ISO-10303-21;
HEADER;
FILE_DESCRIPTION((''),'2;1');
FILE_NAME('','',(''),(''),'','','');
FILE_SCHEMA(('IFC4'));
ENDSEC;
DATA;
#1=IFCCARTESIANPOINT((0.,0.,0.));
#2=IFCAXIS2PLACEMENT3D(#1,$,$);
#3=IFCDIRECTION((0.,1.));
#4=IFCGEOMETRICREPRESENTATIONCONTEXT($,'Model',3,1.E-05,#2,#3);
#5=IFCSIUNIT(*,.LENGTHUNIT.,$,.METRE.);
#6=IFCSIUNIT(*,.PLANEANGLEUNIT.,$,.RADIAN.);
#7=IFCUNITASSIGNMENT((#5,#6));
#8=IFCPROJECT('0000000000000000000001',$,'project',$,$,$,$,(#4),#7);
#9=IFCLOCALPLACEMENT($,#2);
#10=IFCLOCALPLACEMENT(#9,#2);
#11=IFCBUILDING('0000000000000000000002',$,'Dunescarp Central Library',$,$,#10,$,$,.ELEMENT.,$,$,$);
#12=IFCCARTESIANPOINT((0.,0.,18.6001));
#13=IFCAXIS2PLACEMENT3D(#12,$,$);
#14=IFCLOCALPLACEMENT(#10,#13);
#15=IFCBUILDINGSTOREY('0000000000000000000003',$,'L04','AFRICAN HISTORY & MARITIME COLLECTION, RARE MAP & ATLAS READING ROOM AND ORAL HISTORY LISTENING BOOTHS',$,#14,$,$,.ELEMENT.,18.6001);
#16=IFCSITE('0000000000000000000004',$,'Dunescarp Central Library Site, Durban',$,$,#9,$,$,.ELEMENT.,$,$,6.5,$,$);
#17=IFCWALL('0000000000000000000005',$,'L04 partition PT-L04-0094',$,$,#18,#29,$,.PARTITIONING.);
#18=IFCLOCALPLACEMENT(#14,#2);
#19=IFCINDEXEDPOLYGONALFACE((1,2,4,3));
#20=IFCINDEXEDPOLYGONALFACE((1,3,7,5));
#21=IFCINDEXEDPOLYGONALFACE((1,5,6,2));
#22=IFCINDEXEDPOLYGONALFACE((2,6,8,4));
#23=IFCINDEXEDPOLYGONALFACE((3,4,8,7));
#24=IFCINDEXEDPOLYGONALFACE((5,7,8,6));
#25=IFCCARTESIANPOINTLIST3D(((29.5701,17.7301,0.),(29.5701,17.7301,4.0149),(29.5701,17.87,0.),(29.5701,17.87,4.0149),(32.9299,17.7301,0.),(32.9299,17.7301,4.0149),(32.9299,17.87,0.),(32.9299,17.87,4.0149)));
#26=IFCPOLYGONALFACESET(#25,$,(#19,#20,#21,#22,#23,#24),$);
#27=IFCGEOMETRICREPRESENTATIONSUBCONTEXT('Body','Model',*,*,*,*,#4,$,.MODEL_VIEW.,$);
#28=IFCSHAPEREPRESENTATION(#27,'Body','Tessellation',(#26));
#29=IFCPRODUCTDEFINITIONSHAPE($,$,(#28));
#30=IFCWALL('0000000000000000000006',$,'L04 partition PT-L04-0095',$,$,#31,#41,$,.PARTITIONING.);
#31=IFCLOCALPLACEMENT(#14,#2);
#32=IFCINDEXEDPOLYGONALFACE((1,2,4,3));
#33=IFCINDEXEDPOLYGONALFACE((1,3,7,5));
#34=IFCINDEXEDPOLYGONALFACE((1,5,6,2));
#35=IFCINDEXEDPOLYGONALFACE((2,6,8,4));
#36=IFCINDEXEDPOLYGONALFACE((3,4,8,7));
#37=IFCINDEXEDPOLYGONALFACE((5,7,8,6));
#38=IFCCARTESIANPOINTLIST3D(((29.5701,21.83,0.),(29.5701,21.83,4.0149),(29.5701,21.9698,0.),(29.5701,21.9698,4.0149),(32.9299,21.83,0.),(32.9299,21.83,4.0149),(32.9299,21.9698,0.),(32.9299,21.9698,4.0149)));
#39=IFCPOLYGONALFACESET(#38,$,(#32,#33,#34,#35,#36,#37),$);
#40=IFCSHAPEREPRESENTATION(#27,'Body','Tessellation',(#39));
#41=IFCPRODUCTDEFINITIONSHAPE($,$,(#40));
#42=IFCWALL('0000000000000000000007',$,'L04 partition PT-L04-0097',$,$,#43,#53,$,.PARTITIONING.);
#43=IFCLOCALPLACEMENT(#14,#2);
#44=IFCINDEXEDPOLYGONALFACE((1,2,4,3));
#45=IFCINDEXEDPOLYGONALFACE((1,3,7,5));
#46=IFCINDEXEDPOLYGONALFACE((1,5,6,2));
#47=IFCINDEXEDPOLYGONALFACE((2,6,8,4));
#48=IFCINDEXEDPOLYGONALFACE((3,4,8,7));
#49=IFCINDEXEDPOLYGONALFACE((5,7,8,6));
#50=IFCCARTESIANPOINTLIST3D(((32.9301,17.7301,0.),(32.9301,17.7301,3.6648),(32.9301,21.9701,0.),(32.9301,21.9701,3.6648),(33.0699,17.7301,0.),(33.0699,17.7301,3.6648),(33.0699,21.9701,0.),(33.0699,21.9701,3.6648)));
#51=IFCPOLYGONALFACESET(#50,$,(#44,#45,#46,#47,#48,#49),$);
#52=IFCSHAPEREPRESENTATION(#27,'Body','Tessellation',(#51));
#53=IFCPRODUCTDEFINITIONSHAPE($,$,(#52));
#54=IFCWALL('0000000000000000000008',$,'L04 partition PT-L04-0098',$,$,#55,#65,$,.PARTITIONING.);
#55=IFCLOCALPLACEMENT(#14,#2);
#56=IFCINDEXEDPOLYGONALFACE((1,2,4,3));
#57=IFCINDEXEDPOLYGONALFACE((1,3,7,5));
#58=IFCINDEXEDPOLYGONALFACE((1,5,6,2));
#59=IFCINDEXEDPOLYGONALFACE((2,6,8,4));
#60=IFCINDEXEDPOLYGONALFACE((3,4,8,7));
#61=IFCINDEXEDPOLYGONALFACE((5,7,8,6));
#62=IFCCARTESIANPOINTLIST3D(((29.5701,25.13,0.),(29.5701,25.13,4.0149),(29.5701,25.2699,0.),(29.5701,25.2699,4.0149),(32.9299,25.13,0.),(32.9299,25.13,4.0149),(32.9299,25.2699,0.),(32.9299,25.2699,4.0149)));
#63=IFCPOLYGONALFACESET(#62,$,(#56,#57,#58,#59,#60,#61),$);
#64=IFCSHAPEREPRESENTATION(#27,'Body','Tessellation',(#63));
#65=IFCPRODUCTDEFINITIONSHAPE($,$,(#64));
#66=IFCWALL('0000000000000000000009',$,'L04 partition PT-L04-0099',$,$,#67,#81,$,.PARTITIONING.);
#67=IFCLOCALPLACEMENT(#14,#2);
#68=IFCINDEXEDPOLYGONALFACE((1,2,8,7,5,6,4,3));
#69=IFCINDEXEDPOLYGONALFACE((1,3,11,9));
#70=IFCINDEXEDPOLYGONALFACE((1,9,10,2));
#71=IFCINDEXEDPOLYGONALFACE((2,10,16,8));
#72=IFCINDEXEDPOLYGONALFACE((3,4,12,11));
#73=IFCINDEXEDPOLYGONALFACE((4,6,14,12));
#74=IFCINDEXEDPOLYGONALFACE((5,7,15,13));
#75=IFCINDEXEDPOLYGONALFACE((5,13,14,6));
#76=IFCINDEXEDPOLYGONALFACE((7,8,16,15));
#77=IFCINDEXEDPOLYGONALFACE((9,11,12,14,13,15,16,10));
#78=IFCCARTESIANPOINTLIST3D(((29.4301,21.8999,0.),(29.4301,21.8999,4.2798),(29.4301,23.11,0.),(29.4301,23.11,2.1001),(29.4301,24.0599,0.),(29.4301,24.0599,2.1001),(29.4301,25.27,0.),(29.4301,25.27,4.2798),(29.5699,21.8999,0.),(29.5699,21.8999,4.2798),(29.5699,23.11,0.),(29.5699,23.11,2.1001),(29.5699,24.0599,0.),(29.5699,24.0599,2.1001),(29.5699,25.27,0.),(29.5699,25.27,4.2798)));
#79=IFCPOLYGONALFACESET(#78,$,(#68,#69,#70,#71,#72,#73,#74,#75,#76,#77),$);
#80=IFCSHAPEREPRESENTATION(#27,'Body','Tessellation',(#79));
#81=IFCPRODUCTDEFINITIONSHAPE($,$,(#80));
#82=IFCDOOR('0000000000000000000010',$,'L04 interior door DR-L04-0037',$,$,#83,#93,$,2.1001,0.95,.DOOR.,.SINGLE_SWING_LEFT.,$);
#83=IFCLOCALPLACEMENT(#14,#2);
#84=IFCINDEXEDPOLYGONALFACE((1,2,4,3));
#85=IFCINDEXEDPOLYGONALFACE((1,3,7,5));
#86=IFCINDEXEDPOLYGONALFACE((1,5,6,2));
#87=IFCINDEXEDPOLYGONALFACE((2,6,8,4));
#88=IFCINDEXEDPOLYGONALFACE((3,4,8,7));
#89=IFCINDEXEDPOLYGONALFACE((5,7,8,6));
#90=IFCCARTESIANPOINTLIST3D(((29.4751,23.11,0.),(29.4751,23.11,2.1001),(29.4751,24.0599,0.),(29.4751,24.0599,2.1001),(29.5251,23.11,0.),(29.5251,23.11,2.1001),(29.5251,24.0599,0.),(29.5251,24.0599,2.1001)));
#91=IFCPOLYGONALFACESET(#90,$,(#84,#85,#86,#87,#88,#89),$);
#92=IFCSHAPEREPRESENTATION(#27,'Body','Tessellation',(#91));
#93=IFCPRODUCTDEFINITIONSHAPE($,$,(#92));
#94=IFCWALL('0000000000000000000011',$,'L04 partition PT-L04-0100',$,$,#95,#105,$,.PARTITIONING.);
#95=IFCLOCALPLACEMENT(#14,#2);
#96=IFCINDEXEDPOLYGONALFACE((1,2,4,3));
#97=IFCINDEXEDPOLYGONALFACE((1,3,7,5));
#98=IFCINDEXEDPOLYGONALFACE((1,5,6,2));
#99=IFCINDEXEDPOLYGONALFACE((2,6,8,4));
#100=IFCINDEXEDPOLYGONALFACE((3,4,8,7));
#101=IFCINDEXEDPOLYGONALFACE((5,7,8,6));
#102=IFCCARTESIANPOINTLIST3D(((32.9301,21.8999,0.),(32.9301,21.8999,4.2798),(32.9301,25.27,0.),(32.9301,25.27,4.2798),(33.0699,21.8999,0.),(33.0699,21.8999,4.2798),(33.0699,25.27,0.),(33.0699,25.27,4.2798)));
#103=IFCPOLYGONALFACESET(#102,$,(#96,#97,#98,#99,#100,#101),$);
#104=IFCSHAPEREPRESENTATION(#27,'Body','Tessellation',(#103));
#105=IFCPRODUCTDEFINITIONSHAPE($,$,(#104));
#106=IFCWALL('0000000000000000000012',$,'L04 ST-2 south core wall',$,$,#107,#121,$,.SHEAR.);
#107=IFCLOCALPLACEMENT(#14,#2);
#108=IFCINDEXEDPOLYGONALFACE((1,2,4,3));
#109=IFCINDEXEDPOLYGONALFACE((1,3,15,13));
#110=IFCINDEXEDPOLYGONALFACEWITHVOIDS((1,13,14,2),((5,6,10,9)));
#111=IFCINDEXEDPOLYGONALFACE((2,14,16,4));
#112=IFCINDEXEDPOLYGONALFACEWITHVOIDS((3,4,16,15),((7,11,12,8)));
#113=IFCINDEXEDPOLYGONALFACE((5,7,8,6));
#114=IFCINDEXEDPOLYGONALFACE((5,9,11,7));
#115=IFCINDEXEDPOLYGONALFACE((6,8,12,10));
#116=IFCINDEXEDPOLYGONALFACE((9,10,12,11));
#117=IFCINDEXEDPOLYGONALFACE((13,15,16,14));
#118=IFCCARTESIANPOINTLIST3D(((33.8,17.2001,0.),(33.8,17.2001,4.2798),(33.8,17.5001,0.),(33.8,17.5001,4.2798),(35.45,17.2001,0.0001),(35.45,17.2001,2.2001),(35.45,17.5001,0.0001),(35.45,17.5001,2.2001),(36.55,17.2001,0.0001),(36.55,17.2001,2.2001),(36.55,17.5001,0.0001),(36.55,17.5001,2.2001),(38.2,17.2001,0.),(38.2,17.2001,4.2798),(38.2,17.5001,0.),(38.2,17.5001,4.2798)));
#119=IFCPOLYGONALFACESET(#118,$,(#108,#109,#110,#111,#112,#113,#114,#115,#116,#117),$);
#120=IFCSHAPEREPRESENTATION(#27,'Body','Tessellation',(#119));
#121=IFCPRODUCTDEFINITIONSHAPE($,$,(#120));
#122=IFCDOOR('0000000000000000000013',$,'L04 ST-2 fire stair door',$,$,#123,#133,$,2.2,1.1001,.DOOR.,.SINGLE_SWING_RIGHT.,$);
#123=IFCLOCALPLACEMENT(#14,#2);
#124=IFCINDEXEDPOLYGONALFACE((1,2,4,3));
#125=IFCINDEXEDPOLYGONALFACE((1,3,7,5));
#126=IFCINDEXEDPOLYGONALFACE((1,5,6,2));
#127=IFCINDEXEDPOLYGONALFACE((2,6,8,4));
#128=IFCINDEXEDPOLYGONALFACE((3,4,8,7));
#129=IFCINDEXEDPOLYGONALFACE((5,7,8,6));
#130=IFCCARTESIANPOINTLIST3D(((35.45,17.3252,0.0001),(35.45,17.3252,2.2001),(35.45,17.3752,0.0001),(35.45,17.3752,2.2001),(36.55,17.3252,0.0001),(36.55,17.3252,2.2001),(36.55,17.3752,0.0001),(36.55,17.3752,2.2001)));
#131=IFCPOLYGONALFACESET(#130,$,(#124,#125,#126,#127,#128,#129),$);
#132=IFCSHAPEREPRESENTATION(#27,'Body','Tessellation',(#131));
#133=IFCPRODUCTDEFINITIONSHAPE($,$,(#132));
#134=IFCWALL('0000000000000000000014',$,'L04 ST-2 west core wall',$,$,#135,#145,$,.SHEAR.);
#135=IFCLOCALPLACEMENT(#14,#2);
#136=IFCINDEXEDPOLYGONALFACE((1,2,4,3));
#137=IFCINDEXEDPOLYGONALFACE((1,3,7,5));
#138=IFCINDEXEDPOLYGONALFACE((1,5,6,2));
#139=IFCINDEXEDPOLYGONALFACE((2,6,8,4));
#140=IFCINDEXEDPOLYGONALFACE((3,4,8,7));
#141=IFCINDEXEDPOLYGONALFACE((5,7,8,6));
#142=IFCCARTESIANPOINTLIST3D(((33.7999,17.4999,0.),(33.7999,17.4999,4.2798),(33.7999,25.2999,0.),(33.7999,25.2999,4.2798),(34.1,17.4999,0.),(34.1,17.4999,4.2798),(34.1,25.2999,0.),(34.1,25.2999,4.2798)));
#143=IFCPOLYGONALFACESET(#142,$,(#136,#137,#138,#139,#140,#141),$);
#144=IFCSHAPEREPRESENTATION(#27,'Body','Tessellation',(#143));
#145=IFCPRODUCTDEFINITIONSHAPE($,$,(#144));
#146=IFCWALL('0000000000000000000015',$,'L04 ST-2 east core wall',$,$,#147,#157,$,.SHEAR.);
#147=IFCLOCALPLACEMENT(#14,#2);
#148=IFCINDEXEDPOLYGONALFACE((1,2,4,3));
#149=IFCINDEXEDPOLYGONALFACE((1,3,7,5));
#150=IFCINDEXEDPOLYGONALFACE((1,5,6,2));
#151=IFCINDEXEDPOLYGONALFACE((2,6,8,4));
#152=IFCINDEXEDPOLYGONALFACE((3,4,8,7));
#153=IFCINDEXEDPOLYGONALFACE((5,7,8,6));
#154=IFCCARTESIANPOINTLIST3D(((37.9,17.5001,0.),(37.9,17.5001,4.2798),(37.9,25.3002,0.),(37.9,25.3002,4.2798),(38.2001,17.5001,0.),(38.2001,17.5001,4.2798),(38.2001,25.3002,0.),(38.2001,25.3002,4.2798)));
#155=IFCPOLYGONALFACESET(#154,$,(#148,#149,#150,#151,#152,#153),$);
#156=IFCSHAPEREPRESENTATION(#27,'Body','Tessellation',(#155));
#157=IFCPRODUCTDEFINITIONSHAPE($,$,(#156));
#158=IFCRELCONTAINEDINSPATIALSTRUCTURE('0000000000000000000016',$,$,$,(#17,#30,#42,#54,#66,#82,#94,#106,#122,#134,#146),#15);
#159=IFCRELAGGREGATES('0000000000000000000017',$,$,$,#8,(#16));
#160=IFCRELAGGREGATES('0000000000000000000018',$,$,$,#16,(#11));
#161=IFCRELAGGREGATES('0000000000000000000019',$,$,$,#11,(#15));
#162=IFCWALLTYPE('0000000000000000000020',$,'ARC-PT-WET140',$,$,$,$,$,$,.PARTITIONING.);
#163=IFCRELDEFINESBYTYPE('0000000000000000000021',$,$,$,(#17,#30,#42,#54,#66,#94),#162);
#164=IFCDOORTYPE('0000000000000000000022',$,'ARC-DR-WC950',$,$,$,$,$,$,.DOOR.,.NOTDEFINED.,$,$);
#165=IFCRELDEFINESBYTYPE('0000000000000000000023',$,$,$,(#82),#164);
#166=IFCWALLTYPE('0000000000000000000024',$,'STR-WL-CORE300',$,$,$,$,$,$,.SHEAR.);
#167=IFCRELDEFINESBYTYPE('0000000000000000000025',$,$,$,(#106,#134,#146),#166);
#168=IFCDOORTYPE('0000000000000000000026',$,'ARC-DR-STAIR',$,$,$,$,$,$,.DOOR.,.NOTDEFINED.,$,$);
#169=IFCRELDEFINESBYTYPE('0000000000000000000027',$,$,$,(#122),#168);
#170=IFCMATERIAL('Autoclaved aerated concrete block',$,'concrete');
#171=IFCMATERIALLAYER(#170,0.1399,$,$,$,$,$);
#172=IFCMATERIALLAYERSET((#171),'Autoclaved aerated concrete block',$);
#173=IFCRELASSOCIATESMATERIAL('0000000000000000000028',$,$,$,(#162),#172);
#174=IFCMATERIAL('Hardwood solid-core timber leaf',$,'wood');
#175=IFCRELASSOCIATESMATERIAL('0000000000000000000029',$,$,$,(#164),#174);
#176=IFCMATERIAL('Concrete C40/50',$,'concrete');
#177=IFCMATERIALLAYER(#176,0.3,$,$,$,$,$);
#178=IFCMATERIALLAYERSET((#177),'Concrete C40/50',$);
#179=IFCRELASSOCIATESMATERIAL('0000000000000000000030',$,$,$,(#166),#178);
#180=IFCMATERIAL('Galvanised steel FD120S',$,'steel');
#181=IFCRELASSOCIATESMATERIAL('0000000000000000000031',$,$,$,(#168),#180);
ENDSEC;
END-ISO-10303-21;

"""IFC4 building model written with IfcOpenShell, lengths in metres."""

from ifc_helpers import new_model, si_unit, direction, frame, frame_2d, origin, place, context, subcontext, project, spatial, rectangle, extrude, material, layer, layer_set, type_object, element, fill, save


model = new_model("IFC4")

# Units and contexts
model_context = context("Model", 3, precision=1e-05, world=origin(), true_north=direction((0.0, 1.0)))
body_context = subcontext(model_context, "Body", "Model", "MODEL_VIEW")
ifc_project = project(units=[si_unit("LENGTHUNIT", "METRE"), si_unit("PLANEANGLEUNIT", "RADIAN")], contexts=[model_context])

# Site, building, storey
site_placement = place(None, origin())
site = spatial("IfcSite", under=ifc_project, at=site_placement, Name="Dunescarp Central Library Site, Durban", CompositionType="ELEMENT", RefElevation=6.5)
building_placement = place(site_placement, origin())
building = spatial("IfcBuilding", under=site, at=building_placement, Name="Dunescarp Central Library", CompositionType="ELEMENT")
storey_placement = place(building_placement, frame((0.0, 0.0, 18.6001)))
storey = spatial("IfcBuildingStorey", under=building, at=storey_placement, Name="L04", Description="AFRICAN HISTORY & MARITIME COLLECTION, RARE MAP & ATLAS READING ROOM AND ORAL HISTORY LISTENING BOOTHS", CompositionType="ELEMENT", Elevation=18.6001)

# Walls
ifc_material_1 = material(Name="Autoclaved aerated concrete block", Category="concrete")
ifc_layer_1 = layer(ifc_material_1, 0.1399)
ifc_layer_set_1 = layer_set([ifc_layer_1], Name="Autoclaved aerated concrete block")
wall_type_1 = type_object("IfcWallType", Name="ARC-PT-WET140", PredefinedType="PARTITIONING", material=ifc_layer_set_1)
for number, where, z_axis, x_axis, name in (
    (1, (29.5701, 17.8, 0.0), (0.0, 0.0, 1.0), (1.0, 0.0, 0.0), "L04 partition PT-L04-0094"),
    (2, (29.5701, 21.8999, 0.0), (0.0, 0.0, 1.0), (1.0, 0.0, 0.0), "L04 partition PT-L04-0095"),
):
    element("IfcWall", number, at=place(storey_placement, frame(where, z_axis=z_axis, x_axis=x_axis)), inside=storey, type_object=wall_type_1, Name=name, PredefinedType="PARTITIONING", context=body_context, shape_type="SweptSolid", body=[
        extrude(rectangle(XDim=3.3599, YDim=0.1399, at=frame_2d((1.6799, 0.0))), origin(), (0.0, 0.0, 1.0), 4.0149),
    ])
wall_1_placement = place(storey_placement, frame((33.0, 17.73, 0.0), z_axis=(0.0, 0.0, 1.0), x_axis=(0.0, 1.0, 0.0)))
element("IfcWall", 3, at=wall_1_placement, inside=storey, type_object=wall_type_1, Name="L04 partition PT-L04-0097", PredefinedType="PARTITIONING", context=body_context, shape_type="SweptSolid", body=[
    extrude(rectangle(XDim=4.24, YDim=0.1399, at=frame_2d((2.1201, 0.0))), origin(), (0.0, 0.0, 1.0), 3.6648),
])
wall_2_placement = place(storey_placement, frame((29.5701, 25.2, 0.0), z_axis=(0.0, 0.0, 1.0), x_axis=(1.0, 0.0, 0.0)))
element("IfcWall", 4, at=wall_2_placement, inside=storey, type_object=wall_type_1, Name="L04 partition PT-L04-0098", PredefinedType="PARTITIONING", context=body_context, shape_type="SweptSolid", body=[
    extrude(rectangle(XDim=3.3599, YDim=0.1399, at=frame_2d((1.6799, 0.0))), origin(), (0.0, 0.0, 1.0), 4.0149),
])

# Wall, opening, door
wall_3_placement = place(storey_placement, frame((29.5, 21.8999, 0.0), z_axis=(0.0, 0.0, 1.0), x_axis=(0.0, 1.0, 0.0)))
wall_3 = element("IfcWall", 5, at=wall_3_placement, inside=storey, type_object=wall_type_1, Name="L04 partition PT-L04-0099", PredefinedType="PARTITIONING", context=body_context, shape_type="SweptSolid", body=[
    extrude(rectangle(XDim=3.3701, YDim=0.1399, at=frame_2d((1.6851, 0.0))), origin(), (0.0, 0.0, 1.0), 4.2798),
])
opening_1_placement = place(wall_3_placement, frame((1.21, 0.0, 0.0)))
opening_1 = element("IfcOpeningElement", 6, at=opening_1_placement, cuts=wall_3, PredefinedType="OPENING", context=body_context, shape_type="SweptSolid", body=[
    extrude(rectangle(XDim=0.95, YDim=2.1001, at=frame_2d((0.4751, 1.05))), frame((0.0, 0.0801, 0.0), z_axis=(0.0, -1.0, 0.0), x_axis=(1.0, 0.0, 0.0)), (0.0, 0.0, 1.0), 0.1599),
])
ifc_material_2 = material(Name="Hardwood solid-core timber leaf", Category="wood")
door_type_1 = type_object("IfcDoorType", Name="ARC-DR-WC950", OperationType="NOTDEFINED", PredefinedType="DOOR", material=ifc_material_2)
door_1_placement = place(opening_1_placement, origin())
door_1 = element("IfcDoor", 7, at=door_1_placement, inside=storey, type_object=door_type_1, Name="L04 interior door DR-L04-0037", OperationType="SINGLE_SWING_LEFT", OverallHeight=2.1001, OverallWidth=0.95, PredefinedType="DOOR", context=body_context, shape_type="SweptSolid", body=[
    extrude(rectangle(XDim=0.95, YDim=2.1001, at=frame_2d((0.4751, 1.05))), frame((0.0, 0.0249, 0.0), z_axis=(0.0, -1.0, 0.0), x_axis=(1.0, 0.0, 0.0)), (0.0, 0.0, 1.0), 0.05),
])
fill(opening_1, door_1)

# Wall
wall_4_placement = place(storey_placement, frame((33.0, 21.8999, 0.0), z_axis=(0.0, 0.0, 1.0), x_axis=(0.0, 1.0, 0.0)))
element("IfcWall", 8, at=wall_4_placement, inside=storey, type_object=wall_type_1, Name="L04 partition PT-L04-0100", PredefinedType="PARTITIONING", context=body_context, shape_type="SweptSolid", body=[
    extrude(rectangle(XDim=3.3701, YDim=0.1399, at=frame_2d((1.6851, 0.0))), origin(), (0.0, 0.0, 1.0), 4.2798),
])

# Wall, opening, door
ifc_material_3 = material(Name="Concrete C40/50", Category="concrete")
ifc_layer_2 = layer(ifc_material_3, 0.3)
ifc_layer_set_2 = layer_set([ifc_layer_2], Name="Concrete C40/50")
wall_type_2 = type_object("IfcWallType", Name="STR-WL-CORE300", PredefinedType="SHEAR", material=ifc_layer_set_2)
wall_5_placement = place(storey_placement, frame((38.2, 17.3501, 0.0), z_axis=(0.0, 0.0, 1.0), x_axis=(-1.0, 0.0, 0.0)))
wall_5 = element("IfcWall", 9, at=wall_5_placement, inside=storey, type_object=wall_type_2, Name="L04 ST-2 south core wall", PredefinedType="SHEAR", context=body_context, shape_type="SweptSolid", body=[
    extrude(rectangle(XDim=4.3999, YDim=0.3, at=frame_2d((2.2, 0.0))), origin(), (0.0, 0.0, 1.0), 4.2798),
])
opening_2_placement = place(wall_5_placement, frame((1.6499, 0.0, 0.0)))
opening_2 = element("IfcOpeningElement", 10, at=opening_2_placement, cuts=wall_5, PredefinedType="OPENING", context=body_context, shape_type="SweptSolid", body=[
    extrude(rectangle(XDim=1.1001, YDim=2.2, at=frame_2d((0.55, 1.1001))), frame((0.0, 0.1602, 0.0), z_axis=(0.0, -1.0, 0.0), x_axis=(1.0, 0.0, 0.0)), (0.0, 0.0, 1.0), 0.3201),
])
ifc_material_4 = material(Name="Galvanised steel FD120S", Category="steel")
door_type_2 = type_object("IfcDoorType", Name="ARC-DR-STAIR", OperationType="NOTDEFINED", PredefinedType="DOOR", material=ifc_material_4)
door_2_placement = place(opening_2_placement, origin())
door_2 = element("IfcDoor", 11, at=door_2_placement, inside=storey, type_object=door_type_2, Name="L04 ST-2 fire stair door", OperationType="SINGLE_SWING_RIGHT", OverallHeight=2.2, OverallWidth=1.1001, PredefinedType="DOOR", context=body_context, shape_type="SweptSolid", body=[
    extrude(rectangle(XDim=1.1001, YDim=2.2, at=frame_2d((0.55, 1.1001))), frame((0.0, 0.0249, 0.0), z_axis=(0.0, -1.0, 0.0), x_axis=(1.0, 0.0, 0.0)), (0.0, 0.0, 1.0), 0.05),
])
fill(opening_2, door_2)

# Walls
for number, where, z_axis, x_axis, name in (
    (12, (33.95, 17.5, 0.0), (0.0, 0.0, 1.0), (0.0, 1.0, 0.0), "L04 ST-2 west core wall"),
    (13, (38.05, 25.3, 0.0), (0.0, 0.0, 1.0), (0.0, -1.0, 0.0), "L04 ST-2 east core wall"),
):
    element("IfcWall", number, at=place(storey_placement, frame(where, z_axis=z_axis, x_axis=x_axis)), inside=storey, type_object=wall_type_2, Name=name, PredefinedType="SHEAR", context=body_context, shape_type="SweptSolid", body=[
        extrude(rectangle(XDim=7.8, YDim=0.3, at=frame_2d((3.8999, 0.0))), origin(), (0.0, 0.0, 1.0), 4.2798),
    ])

save(model, "model.ifc")
